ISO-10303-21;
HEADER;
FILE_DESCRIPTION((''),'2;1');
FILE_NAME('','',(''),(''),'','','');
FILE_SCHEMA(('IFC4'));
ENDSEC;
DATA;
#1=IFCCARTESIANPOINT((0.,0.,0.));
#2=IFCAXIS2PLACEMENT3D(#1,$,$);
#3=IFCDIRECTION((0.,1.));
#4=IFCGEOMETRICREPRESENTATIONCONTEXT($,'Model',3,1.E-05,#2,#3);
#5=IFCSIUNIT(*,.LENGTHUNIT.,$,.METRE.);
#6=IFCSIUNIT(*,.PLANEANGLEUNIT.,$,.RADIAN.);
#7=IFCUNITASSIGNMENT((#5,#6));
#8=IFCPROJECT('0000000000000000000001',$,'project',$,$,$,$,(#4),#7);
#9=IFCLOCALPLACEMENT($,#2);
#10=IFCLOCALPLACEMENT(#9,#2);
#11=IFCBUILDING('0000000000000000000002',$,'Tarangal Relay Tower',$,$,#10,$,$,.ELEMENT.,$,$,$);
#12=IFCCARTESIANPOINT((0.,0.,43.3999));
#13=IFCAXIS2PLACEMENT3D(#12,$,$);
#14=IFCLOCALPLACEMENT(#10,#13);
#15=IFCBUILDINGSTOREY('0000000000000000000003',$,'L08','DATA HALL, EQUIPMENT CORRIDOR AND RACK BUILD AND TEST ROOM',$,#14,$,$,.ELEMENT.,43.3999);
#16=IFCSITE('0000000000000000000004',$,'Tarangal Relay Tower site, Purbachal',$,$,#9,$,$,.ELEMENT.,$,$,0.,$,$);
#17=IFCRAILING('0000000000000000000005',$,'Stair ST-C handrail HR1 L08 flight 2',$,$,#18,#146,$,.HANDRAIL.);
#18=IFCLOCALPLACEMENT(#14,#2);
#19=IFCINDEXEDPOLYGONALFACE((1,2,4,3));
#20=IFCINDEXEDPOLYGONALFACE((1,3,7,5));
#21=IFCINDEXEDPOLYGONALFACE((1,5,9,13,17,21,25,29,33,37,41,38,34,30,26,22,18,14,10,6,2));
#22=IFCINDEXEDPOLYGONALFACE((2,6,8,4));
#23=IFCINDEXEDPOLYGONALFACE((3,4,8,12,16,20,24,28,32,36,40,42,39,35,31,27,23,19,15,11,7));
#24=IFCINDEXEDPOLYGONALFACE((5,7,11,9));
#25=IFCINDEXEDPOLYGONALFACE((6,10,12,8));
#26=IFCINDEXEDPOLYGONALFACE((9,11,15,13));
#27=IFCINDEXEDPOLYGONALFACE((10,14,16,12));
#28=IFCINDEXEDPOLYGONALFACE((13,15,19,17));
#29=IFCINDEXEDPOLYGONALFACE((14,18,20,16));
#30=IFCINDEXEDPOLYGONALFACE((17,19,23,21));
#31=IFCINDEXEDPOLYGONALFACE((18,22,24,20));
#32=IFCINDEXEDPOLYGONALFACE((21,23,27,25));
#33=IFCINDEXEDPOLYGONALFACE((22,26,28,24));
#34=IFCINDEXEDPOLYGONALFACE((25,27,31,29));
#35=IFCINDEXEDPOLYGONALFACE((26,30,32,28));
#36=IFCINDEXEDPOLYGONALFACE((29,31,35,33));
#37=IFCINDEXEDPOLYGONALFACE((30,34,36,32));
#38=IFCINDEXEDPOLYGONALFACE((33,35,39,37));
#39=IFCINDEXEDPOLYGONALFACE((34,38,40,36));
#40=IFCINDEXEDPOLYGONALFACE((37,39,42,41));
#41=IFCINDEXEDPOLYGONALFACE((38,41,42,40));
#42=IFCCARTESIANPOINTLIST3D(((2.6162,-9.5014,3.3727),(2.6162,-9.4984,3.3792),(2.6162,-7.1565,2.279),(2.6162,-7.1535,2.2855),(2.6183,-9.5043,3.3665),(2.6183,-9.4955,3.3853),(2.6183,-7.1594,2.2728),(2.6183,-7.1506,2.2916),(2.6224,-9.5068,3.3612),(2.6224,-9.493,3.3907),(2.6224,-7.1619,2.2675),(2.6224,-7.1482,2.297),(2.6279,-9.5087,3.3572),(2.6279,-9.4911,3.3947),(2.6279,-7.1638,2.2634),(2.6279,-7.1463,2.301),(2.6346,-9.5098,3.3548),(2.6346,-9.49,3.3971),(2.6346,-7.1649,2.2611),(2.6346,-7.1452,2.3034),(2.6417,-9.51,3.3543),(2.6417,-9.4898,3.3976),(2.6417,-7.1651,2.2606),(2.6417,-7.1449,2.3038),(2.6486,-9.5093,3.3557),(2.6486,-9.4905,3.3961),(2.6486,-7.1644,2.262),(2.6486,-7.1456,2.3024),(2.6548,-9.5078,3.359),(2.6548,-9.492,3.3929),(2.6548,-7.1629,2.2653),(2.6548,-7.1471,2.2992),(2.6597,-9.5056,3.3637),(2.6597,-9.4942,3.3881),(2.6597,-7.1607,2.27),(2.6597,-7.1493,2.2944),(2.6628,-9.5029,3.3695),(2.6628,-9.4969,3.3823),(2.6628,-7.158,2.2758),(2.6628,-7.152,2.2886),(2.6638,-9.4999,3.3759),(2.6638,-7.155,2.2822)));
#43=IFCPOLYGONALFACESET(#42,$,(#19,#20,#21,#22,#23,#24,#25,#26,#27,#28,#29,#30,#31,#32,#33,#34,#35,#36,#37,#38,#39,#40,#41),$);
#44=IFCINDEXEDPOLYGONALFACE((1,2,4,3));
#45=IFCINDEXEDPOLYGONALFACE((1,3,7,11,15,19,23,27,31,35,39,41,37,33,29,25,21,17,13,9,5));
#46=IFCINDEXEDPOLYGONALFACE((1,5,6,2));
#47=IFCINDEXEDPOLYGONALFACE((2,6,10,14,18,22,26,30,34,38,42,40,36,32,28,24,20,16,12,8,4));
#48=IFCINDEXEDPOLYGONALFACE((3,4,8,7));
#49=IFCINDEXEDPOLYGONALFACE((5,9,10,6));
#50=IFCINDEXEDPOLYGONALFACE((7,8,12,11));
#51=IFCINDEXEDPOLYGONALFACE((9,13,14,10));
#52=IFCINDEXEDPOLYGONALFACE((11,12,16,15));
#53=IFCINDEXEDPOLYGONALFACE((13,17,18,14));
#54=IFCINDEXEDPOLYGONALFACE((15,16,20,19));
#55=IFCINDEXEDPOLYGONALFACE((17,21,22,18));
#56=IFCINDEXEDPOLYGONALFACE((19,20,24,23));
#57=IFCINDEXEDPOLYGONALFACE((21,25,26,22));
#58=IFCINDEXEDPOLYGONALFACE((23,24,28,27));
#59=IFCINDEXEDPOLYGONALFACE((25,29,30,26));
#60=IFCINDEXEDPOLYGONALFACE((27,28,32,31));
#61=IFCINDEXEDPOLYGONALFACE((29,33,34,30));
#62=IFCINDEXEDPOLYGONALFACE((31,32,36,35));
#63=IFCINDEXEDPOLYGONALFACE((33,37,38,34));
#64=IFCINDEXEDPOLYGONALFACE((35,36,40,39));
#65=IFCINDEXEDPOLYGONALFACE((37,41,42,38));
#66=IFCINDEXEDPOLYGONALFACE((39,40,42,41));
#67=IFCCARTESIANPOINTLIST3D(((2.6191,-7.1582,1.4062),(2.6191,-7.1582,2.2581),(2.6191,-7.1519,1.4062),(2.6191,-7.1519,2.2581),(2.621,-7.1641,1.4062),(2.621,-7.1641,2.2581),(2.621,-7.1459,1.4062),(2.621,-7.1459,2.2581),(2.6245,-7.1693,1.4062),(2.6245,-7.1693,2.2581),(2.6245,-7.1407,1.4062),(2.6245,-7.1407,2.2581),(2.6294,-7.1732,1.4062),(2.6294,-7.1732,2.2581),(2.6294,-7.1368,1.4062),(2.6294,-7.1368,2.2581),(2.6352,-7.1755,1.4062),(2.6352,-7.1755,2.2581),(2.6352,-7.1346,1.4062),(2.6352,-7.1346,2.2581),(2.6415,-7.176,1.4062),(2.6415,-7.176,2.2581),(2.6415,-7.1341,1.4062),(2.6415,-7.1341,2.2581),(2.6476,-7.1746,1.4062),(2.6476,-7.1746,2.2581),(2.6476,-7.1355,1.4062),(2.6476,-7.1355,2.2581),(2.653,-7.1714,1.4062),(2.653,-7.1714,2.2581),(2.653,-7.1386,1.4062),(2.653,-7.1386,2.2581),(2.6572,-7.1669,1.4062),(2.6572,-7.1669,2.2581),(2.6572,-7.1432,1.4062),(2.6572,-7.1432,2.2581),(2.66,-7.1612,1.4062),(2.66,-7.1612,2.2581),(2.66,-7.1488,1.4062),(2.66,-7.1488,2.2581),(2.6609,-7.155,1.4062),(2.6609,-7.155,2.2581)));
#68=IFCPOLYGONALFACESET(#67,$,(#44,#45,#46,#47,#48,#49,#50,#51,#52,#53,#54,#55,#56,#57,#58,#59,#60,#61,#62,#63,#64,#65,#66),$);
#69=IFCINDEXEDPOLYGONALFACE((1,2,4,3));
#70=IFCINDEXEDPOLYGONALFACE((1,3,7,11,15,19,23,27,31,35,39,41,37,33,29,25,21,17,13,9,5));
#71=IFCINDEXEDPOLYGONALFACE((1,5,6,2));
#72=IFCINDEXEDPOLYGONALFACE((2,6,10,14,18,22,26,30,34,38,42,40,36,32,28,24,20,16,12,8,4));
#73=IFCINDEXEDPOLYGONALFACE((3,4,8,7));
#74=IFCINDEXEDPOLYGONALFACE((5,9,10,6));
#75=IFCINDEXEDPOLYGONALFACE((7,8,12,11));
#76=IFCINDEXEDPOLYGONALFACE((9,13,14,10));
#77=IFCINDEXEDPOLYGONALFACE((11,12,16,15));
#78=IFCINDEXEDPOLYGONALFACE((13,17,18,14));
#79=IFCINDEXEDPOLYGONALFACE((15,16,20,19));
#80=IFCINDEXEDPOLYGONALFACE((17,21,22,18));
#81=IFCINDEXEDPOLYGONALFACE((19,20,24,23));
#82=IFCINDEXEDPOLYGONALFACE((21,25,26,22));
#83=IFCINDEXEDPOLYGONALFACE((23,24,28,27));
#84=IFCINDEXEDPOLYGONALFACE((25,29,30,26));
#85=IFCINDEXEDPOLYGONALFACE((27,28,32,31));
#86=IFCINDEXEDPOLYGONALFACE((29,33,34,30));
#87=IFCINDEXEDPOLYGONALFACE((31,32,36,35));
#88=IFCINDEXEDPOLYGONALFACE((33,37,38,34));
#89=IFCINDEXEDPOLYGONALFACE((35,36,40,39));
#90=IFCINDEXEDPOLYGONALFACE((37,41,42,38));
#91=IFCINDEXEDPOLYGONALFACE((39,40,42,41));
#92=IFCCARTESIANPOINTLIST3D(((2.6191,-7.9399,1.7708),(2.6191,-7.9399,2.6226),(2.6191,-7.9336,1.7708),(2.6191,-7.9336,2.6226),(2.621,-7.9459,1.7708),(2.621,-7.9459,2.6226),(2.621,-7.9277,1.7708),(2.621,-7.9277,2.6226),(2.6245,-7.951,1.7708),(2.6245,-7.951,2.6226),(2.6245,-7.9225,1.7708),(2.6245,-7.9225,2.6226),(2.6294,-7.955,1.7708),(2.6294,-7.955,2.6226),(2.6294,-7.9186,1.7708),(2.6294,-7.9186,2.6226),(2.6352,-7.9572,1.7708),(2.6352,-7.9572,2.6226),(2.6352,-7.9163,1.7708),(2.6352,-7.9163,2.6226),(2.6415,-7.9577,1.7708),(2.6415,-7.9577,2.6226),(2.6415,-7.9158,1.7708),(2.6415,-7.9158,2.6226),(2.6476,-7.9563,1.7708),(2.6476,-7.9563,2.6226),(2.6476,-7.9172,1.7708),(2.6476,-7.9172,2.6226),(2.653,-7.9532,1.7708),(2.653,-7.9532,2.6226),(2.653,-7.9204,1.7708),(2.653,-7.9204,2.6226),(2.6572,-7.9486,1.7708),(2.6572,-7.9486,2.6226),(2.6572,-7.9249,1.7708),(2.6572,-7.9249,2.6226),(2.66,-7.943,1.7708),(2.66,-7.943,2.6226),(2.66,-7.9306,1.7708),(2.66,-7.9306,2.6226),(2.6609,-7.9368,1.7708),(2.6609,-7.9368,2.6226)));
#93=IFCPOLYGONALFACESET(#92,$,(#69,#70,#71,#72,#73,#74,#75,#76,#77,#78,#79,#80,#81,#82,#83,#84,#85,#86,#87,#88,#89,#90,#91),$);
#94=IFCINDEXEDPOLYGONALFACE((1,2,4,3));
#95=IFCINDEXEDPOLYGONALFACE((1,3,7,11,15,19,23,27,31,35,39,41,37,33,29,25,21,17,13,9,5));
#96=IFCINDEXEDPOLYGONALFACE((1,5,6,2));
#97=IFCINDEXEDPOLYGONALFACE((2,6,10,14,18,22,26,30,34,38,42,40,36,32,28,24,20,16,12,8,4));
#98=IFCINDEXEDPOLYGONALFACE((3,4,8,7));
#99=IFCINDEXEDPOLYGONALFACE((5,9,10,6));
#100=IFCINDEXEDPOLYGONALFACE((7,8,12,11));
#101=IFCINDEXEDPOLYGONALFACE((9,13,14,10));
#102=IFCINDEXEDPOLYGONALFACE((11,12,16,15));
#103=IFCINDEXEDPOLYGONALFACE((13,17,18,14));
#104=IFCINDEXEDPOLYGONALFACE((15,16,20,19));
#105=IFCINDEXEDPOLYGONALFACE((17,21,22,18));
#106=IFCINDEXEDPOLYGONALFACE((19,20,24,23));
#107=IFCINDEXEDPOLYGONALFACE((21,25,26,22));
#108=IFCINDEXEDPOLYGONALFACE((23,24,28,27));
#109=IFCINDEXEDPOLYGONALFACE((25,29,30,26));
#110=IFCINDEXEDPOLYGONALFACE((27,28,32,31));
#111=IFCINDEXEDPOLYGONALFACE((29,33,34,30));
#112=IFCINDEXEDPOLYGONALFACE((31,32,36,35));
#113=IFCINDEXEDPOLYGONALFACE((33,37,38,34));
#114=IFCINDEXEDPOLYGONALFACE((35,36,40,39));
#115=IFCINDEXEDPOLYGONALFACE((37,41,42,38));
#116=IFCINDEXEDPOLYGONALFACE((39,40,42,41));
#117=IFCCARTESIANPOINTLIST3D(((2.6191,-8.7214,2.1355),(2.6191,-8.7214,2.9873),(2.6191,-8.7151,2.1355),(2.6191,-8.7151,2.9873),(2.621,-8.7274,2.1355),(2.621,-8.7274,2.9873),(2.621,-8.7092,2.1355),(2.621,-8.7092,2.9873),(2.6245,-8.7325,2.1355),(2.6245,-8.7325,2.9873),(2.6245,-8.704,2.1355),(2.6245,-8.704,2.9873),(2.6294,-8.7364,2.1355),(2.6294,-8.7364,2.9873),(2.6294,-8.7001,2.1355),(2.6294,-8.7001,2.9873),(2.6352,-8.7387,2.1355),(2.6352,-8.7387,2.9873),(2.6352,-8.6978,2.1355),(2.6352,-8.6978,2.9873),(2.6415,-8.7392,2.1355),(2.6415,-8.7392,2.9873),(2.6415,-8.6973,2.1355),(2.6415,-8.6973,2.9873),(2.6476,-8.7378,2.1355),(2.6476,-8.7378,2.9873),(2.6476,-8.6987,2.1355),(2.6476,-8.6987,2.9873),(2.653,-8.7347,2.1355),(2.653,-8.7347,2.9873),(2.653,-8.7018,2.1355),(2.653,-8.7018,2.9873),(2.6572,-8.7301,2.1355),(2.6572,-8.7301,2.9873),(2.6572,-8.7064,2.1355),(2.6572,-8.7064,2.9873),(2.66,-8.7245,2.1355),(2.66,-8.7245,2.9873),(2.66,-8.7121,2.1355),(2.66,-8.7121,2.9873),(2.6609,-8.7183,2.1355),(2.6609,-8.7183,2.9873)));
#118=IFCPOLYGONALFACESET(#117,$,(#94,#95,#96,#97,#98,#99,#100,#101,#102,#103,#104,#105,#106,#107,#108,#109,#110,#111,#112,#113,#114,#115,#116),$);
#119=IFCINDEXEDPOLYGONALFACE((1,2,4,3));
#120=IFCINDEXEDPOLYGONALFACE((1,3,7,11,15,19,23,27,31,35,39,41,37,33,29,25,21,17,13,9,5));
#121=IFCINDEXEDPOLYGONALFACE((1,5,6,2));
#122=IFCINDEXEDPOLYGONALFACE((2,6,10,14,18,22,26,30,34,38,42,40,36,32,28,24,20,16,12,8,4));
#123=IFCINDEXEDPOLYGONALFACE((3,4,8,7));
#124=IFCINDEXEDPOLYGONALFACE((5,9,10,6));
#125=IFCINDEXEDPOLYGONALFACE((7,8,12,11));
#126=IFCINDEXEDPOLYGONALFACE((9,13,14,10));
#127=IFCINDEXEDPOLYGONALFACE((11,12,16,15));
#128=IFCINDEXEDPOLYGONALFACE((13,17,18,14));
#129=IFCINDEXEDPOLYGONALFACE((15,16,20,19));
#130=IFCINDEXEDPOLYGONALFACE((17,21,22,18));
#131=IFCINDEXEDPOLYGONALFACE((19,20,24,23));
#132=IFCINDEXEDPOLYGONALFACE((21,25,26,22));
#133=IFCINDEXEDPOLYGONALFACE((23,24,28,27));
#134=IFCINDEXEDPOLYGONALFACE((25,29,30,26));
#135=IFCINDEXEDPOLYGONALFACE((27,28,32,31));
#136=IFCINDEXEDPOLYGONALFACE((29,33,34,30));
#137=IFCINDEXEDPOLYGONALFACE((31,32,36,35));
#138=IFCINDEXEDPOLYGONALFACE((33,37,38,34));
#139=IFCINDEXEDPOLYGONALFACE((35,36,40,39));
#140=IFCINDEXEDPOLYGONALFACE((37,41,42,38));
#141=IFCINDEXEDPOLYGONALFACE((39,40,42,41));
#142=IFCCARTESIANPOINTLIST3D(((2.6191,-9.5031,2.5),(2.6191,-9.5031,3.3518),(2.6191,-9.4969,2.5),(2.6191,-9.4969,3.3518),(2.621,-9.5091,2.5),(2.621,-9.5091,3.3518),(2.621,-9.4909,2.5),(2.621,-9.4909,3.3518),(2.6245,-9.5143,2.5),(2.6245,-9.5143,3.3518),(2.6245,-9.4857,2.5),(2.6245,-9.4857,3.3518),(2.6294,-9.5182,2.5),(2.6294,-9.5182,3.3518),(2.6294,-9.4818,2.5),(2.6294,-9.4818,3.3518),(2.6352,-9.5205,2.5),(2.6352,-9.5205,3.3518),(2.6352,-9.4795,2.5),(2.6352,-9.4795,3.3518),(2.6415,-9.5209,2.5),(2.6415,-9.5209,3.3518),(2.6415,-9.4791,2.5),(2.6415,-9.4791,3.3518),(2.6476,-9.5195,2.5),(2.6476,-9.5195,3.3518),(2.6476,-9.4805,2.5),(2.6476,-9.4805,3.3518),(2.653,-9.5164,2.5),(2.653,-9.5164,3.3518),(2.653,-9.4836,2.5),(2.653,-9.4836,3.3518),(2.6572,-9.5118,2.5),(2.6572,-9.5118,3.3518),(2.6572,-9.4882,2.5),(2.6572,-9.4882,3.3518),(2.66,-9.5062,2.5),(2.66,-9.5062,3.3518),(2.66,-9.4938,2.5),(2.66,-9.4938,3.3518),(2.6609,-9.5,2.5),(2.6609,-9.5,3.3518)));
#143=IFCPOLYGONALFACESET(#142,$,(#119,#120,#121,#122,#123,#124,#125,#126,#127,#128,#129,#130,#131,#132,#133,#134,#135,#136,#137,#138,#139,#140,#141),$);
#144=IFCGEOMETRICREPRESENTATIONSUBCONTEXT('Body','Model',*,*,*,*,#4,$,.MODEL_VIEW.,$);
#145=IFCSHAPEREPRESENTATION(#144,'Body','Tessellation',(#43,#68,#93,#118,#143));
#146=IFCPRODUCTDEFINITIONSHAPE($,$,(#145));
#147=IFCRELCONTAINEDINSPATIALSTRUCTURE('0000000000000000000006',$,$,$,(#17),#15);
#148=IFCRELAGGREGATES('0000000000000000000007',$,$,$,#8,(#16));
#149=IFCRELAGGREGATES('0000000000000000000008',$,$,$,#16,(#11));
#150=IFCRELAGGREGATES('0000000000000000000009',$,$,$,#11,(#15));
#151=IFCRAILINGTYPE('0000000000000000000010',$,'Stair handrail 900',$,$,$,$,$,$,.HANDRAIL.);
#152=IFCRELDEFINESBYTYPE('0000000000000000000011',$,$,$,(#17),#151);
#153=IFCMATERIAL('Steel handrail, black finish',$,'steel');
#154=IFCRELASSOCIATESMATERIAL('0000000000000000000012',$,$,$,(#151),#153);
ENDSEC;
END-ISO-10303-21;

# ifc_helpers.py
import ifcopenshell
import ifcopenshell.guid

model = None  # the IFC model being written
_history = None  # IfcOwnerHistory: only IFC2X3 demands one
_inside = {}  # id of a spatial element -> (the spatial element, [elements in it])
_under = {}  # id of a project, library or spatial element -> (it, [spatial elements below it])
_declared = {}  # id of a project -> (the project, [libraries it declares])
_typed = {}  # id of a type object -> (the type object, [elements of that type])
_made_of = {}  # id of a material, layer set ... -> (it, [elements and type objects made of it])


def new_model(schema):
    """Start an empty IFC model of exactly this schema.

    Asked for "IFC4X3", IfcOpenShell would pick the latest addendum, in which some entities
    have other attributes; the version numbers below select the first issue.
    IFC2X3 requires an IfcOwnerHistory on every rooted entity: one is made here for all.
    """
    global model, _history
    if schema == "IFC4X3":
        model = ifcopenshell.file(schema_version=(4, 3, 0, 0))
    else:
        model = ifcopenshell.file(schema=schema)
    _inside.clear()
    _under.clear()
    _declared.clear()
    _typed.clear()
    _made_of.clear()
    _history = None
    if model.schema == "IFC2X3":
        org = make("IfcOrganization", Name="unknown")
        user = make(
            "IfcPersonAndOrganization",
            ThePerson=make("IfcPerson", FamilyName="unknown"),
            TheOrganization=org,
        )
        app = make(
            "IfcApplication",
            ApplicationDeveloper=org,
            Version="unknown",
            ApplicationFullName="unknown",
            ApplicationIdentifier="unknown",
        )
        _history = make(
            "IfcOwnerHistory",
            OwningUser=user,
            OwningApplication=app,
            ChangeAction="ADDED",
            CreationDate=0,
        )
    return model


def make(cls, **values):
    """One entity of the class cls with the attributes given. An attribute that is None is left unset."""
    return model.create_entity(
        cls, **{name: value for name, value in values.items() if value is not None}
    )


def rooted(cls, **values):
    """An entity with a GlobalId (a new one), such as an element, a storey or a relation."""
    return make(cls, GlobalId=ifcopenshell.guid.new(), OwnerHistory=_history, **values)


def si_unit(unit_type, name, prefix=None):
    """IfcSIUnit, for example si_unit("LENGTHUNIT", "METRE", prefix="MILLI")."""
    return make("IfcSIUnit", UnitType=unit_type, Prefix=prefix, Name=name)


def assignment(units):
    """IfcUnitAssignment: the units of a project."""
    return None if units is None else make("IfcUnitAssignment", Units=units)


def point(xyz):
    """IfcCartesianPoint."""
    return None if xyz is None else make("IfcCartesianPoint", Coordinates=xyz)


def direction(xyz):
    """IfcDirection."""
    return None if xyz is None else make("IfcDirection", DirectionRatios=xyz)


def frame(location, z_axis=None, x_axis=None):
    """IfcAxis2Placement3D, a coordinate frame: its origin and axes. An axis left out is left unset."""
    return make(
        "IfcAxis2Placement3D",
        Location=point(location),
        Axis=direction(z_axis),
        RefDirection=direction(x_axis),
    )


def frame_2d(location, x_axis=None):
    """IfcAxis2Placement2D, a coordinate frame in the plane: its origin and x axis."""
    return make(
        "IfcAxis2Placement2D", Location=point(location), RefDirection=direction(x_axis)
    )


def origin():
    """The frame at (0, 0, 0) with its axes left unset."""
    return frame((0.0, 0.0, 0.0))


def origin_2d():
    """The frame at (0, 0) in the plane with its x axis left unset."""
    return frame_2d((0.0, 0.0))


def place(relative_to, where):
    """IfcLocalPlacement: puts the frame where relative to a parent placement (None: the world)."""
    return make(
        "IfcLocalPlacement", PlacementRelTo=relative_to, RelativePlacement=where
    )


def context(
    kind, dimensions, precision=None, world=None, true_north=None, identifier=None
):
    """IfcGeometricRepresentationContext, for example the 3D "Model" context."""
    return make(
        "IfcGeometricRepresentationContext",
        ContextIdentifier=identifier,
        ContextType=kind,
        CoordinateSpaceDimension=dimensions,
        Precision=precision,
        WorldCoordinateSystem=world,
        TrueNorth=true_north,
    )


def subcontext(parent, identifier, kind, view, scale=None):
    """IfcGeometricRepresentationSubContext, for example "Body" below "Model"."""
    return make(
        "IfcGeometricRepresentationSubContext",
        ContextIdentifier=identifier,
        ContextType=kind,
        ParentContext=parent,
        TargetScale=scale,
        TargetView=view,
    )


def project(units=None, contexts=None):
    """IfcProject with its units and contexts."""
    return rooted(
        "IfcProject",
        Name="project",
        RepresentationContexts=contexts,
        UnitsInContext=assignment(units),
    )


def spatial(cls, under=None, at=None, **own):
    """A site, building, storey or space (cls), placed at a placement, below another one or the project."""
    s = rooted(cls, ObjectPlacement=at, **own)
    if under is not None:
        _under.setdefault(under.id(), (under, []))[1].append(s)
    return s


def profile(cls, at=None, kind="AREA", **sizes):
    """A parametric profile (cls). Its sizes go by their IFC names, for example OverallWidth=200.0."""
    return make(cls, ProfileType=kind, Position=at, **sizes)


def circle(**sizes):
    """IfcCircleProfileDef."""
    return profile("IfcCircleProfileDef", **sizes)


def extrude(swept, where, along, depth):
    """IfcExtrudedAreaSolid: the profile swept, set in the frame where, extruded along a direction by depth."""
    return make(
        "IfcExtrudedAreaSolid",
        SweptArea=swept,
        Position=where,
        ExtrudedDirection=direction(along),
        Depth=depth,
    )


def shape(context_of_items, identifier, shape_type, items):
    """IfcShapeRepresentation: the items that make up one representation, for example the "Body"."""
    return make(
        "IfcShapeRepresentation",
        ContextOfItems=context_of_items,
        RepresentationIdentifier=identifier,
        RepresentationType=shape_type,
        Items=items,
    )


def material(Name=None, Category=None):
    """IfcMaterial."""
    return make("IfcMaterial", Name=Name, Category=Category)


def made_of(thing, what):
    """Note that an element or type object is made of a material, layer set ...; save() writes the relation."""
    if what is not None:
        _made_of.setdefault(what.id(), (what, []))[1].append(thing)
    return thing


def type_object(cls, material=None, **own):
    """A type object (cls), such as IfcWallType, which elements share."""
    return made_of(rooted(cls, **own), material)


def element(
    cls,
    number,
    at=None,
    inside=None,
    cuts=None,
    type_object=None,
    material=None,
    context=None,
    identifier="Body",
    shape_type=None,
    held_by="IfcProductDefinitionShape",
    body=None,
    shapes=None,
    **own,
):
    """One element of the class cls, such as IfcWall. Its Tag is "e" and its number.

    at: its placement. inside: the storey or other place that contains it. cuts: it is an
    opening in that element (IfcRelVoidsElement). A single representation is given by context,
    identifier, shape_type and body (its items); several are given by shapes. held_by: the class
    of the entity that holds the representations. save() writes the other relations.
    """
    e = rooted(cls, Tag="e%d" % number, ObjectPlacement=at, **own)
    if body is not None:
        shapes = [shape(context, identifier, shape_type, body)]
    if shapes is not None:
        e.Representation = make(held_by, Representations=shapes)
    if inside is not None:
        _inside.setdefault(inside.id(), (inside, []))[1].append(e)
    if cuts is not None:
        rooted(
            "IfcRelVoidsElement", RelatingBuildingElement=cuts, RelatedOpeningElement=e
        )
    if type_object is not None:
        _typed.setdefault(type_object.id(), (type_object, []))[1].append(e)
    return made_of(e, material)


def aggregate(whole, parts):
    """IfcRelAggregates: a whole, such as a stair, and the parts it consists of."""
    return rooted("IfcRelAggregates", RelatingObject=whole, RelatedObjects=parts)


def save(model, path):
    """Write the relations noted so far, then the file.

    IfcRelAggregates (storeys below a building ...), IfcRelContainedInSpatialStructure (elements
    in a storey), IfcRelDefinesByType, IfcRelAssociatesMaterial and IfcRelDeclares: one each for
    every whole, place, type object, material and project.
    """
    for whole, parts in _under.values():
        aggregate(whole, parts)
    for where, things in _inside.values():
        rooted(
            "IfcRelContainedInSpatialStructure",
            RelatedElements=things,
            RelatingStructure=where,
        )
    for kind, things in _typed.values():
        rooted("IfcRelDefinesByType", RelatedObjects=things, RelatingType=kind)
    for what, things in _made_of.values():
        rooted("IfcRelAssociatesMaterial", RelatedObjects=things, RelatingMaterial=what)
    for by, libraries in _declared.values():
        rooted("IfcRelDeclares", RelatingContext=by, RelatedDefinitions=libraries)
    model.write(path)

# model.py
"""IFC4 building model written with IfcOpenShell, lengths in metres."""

from ifc_helpers import new_model, si_unit, direction, frame, origin, origin_2d, place, context, subcontext, project, spatial, circle, extrude, material, type_object, element, save


model = new_model("IFC4")

# Units and contexts
model_context = context("Model", 3, precision=1e-05, world=origin(), true_north=direction((0.0, 1.0)))
body_context = subcontext(model_context, "Body", "Model", "MODEL_VIEW")
ifc_project = project(units=[si_unit("LENGTHUNIT", "METRE"), si_unit("PLANEANGLEUNIT", "RADIAN")], contexts=[model_context])

# Site, building, storey
site_placement = place(None, origin())
site = spatial("IfcSite", under=ifc_project, at=site_placement, Name="Tarangal Relay Tower site, Purbachal", CompositionType="ELEMENT", RefElevation=0.0)
building_placement = place(site_placement, origin())
building = spatial("IfcBuilding", under=site, at=building_placement, Name="Tarangal Relay Tower", CompositionType="ELEMENT")
storey_placement = place(building_placement, frame((0.0, 0.0, 43.3999)))
storey = spatial("IfcBuildingStorey", under=building, at=storey_placement, Name="L08", Description="DATA HALL, EQUIPMENT CORRIDOR AND RACK BUILD AND TEST ROOM", CompositionType="ELEMENT", Elevation=43.3999)

# Railing
ifc_material_1 = material(Name="Steel handrail, black finish", Category="steel")
railing_type_1 = type_object("IfcRailingType", Name="Stair handrail 900", PredefinedType="HANDRAIL", material=ifc_material_1)
for number, where, name in (
    (1, (2.6399, -7.155, 1.4062), "Stair ST-C handrail HR1 L08 flight 2"),
):
    element("IfcRailing", number, at=place(storey_placement, frame(where)), inside=storey, type_object=railing_type_1, Name=name, PredefinedType="HANDRAIL", context=body_context, shape_type="SweptSolid", body=[
        extrude(circle(Radius=0.0239, at=origin_2d()), frame((0.0, 0.0, 0.876), z_axis=(0.0, -0.906267, 0.422705), x_axis=(1.0, 0.0, 0.0)), (0.0, 0.0, 1.0), 2.5874),
        extrude(circle(Radius=0.021, at=origin_2d()), origin(), (0.0, 0.0, 1.0), 0.8518),
        extrude(circle(Radius=0.021, at=origin_2d()), frame((0.0, -0.7817, 0.3645)), (0.0, 0.0, 1.0), 0.8518),
        extrude(circle(Radius=0.021, at=origin_2d()), frame((0.0, -1.5632, 0.7292)), (0.0, 0.0, 1.0), 0.8518),
        extrude(circle(Radius=0.021, at=origin_2d()), frame((0.0, -2.345, 1.0938)), (0.0, 0.0, 1.0), 0.8518),
    ])

save(model, "model.ifc")
